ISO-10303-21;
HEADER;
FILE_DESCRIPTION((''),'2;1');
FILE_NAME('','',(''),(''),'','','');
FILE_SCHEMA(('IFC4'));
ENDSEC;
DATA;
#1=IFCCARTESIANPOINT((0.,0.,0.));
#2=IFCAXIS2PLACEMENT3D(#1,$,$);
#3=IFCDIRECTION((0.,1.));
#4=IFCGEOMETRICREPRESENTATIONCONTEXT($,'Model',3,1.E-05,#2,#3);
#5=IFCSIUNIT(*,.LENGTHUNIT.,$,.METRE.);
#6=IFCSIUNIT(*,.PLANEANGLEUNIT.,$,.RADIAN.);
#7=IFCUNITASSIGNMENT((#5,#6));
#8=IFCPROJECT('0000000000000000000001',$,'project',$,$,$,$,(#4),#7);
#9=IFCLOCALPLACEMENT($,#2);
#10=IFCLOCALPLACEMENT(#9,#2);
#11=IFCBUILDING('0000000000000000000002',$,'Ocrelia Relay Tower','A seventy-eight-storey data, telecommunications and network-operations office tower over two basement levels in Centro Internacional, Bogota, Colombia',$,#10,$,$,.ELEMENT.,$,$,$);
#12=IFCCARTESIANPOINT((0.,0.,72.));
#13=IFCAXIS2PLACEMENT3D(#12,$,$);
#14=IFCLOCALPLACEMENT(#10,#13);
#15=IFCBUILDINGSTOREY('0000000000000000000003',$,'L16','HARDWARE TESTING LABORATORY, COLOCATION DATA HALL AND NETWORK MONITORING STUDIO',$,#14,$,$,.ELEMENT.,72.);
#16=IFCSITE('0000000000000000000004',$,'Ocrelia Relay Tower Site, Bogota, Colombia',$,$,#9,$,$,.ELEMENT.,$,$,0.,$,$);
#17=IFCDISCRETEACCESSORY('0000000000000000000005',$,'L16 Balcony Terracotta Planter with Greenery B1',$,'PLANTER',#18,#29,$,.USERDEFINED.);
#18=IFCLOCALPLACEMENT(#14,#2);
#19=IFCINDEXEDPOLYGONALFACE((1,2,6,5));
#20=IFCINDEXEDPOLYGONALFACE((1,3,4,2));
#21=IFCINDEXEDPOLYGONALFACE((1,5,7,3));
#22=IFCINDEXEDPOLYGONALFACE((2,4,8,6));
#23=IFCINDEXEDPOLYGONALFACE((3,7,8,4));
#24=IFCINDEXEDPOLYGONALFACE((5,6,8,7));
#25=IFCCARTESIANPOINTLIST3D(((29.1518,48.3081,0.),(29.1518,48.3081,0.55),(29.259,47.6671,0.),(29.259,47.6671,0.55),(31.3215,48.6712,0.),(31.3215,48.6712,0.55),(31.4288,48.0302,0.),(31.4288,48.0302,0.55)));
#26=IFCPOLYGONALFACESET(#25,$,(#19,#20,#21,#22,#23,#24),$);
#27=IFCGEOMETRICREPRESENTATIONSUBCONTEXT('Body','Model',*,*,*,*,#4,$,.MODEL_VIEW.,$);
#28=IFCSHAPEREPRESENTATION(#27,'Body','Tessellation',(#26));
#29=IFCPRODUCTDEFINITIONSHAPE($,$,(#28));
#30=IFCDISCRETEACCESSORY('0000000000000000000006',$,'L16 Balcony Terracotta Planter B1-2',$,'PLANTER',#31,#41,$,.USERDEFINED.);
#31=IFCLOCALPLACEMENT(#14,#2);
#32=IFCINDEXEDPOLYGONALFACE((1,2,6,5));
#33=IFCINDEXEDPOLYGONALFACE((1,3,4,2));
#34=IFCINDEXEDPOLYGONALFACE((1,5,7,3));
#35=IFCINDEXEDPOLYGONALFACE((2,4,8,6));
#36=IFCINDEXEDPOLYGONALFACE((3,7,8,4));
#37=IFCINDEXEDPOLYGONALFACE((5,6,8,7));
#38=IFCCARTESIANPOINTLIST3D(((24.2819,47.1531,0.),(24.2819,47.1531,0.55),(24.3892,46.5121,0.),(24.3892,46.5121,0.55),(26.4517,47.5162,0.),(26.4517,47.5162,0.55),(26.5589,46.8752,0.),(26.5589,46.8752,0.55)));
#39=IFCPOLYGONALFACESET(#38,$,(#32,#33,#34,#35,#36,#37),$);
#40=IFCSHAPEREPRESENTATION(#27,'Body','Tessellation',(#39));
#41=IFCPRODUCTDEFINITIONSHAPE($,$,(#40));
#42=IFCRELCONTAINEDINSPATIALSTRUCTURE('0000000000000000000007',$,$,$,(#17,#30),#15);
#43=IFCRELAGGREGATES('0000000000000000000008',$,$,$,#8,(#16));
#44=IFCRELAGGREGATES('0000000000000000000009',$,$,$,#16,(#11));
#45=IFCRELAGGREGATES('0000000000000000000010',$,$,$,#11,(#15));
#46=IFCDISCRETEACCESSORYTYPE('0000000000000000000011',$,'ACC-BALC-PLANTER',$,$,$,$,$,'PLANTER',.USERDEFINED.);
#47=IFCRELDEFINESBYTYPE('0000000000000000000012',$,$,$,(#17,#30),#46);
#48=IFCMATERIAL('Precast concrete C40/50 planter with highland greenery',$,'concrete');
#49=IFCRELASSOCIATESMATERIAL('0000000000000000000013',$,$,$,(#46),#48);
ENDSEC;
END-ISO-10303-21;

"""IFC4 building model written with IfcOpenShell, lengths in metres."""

from ifc_helpers import new_model, si_unit, direction, frame, origin, origin_2d, place, context, subcontext, project, spatial, rectangle, extrude, material, type_object, element, save


model = new_model("IFC4")

# Units and contexts
model_context = context("Model", 3, precision=1e-05, world=origin(), true_north=direction((0.0, 1.0)))
body_context = subcontext(model_context, "Body", "Model", "MODEL_VIEW")
ifc_project = project(units=[si_unit("LENGTHUNIT", "METRE"), si_unit("PLANEANGLEUNIT", "RADIAN")], contexts=[model_context])

# Site, building, storey
site_placement = place(None, origin())
site = spatial("IfcSite", under=ifc_project, at=site_placement, Name="Ocrelia Relay Tower Site, Bogota, Colombia", CompositionType="ELEMENT", RefElevation=0.0)
building_placement = place(site_placement, origin())
building = spatial("IfcBuilding", under=site, at=building_placement, Name="Ocrelia Relay Tower", Description="A seventy-eight-storey data, telecommunications and network-operations office tower over two basement levels in Centro Internacional, Bogota, Colombia", CompositionType="ELEMENT")
storey_placement = place(building_placement, frame((0.0, 0.0, 72.0)))
storey = spatial("IfcBuildingStorey", under=building, at=storey_placement, Name="L16", Description="HARDWARE TESTING LABORATORY, COLOCATION DATA HALL AND NETWORK MONITORING STUDIO", CompositionType="ELEMENT", Elevation=72.0)

# Discrete accessories
ifc_material_1 = material(Name="Precast concrete C40/50 planter with highland greenery", Category="concrete")
discrete_accessory_type = type_object("IfcDiscreteAccessoryType", Name="ACC-BALC-PLANTER", ElementType="PLANTER", PredefinedType="USERDEFINED", material=ifc_material_1)
for number, where, z_axis, x_axis, name in (
    (1, (30.2903, 48.1692, 0.0), (0.0, 0.0, 1.0), (0.986286, 0.165046, 0.0), "L16 Balcony Terracotta Planter with Greenery B1"),
    (2, (25.4204, 47.0142, 0.0), (0.0, 0.0, 1.0), (0.986286, 0.165046, 0.0), "L16 Balcony Terracotta Planter B1-2"),
):
    element("IfcDiscreteAccessory", number, at=place(storey_placement, frame(where, z_axis=z_axis, x_axis=x_axis)), inside=storey, type_object=discrete_accessory_type, Name=name, ObjectType="PLANTER", PredefinedType="USERDEFINED", context=body_context, shape_type="SweptSolid", body=[
        extrude(rectangle(XDim=2.2, YDim=0.6499, at=origin_2d()), origin(), (0.0, 0.0, 1.0), 0.55),
    ])

save(model, "model.ifc")
